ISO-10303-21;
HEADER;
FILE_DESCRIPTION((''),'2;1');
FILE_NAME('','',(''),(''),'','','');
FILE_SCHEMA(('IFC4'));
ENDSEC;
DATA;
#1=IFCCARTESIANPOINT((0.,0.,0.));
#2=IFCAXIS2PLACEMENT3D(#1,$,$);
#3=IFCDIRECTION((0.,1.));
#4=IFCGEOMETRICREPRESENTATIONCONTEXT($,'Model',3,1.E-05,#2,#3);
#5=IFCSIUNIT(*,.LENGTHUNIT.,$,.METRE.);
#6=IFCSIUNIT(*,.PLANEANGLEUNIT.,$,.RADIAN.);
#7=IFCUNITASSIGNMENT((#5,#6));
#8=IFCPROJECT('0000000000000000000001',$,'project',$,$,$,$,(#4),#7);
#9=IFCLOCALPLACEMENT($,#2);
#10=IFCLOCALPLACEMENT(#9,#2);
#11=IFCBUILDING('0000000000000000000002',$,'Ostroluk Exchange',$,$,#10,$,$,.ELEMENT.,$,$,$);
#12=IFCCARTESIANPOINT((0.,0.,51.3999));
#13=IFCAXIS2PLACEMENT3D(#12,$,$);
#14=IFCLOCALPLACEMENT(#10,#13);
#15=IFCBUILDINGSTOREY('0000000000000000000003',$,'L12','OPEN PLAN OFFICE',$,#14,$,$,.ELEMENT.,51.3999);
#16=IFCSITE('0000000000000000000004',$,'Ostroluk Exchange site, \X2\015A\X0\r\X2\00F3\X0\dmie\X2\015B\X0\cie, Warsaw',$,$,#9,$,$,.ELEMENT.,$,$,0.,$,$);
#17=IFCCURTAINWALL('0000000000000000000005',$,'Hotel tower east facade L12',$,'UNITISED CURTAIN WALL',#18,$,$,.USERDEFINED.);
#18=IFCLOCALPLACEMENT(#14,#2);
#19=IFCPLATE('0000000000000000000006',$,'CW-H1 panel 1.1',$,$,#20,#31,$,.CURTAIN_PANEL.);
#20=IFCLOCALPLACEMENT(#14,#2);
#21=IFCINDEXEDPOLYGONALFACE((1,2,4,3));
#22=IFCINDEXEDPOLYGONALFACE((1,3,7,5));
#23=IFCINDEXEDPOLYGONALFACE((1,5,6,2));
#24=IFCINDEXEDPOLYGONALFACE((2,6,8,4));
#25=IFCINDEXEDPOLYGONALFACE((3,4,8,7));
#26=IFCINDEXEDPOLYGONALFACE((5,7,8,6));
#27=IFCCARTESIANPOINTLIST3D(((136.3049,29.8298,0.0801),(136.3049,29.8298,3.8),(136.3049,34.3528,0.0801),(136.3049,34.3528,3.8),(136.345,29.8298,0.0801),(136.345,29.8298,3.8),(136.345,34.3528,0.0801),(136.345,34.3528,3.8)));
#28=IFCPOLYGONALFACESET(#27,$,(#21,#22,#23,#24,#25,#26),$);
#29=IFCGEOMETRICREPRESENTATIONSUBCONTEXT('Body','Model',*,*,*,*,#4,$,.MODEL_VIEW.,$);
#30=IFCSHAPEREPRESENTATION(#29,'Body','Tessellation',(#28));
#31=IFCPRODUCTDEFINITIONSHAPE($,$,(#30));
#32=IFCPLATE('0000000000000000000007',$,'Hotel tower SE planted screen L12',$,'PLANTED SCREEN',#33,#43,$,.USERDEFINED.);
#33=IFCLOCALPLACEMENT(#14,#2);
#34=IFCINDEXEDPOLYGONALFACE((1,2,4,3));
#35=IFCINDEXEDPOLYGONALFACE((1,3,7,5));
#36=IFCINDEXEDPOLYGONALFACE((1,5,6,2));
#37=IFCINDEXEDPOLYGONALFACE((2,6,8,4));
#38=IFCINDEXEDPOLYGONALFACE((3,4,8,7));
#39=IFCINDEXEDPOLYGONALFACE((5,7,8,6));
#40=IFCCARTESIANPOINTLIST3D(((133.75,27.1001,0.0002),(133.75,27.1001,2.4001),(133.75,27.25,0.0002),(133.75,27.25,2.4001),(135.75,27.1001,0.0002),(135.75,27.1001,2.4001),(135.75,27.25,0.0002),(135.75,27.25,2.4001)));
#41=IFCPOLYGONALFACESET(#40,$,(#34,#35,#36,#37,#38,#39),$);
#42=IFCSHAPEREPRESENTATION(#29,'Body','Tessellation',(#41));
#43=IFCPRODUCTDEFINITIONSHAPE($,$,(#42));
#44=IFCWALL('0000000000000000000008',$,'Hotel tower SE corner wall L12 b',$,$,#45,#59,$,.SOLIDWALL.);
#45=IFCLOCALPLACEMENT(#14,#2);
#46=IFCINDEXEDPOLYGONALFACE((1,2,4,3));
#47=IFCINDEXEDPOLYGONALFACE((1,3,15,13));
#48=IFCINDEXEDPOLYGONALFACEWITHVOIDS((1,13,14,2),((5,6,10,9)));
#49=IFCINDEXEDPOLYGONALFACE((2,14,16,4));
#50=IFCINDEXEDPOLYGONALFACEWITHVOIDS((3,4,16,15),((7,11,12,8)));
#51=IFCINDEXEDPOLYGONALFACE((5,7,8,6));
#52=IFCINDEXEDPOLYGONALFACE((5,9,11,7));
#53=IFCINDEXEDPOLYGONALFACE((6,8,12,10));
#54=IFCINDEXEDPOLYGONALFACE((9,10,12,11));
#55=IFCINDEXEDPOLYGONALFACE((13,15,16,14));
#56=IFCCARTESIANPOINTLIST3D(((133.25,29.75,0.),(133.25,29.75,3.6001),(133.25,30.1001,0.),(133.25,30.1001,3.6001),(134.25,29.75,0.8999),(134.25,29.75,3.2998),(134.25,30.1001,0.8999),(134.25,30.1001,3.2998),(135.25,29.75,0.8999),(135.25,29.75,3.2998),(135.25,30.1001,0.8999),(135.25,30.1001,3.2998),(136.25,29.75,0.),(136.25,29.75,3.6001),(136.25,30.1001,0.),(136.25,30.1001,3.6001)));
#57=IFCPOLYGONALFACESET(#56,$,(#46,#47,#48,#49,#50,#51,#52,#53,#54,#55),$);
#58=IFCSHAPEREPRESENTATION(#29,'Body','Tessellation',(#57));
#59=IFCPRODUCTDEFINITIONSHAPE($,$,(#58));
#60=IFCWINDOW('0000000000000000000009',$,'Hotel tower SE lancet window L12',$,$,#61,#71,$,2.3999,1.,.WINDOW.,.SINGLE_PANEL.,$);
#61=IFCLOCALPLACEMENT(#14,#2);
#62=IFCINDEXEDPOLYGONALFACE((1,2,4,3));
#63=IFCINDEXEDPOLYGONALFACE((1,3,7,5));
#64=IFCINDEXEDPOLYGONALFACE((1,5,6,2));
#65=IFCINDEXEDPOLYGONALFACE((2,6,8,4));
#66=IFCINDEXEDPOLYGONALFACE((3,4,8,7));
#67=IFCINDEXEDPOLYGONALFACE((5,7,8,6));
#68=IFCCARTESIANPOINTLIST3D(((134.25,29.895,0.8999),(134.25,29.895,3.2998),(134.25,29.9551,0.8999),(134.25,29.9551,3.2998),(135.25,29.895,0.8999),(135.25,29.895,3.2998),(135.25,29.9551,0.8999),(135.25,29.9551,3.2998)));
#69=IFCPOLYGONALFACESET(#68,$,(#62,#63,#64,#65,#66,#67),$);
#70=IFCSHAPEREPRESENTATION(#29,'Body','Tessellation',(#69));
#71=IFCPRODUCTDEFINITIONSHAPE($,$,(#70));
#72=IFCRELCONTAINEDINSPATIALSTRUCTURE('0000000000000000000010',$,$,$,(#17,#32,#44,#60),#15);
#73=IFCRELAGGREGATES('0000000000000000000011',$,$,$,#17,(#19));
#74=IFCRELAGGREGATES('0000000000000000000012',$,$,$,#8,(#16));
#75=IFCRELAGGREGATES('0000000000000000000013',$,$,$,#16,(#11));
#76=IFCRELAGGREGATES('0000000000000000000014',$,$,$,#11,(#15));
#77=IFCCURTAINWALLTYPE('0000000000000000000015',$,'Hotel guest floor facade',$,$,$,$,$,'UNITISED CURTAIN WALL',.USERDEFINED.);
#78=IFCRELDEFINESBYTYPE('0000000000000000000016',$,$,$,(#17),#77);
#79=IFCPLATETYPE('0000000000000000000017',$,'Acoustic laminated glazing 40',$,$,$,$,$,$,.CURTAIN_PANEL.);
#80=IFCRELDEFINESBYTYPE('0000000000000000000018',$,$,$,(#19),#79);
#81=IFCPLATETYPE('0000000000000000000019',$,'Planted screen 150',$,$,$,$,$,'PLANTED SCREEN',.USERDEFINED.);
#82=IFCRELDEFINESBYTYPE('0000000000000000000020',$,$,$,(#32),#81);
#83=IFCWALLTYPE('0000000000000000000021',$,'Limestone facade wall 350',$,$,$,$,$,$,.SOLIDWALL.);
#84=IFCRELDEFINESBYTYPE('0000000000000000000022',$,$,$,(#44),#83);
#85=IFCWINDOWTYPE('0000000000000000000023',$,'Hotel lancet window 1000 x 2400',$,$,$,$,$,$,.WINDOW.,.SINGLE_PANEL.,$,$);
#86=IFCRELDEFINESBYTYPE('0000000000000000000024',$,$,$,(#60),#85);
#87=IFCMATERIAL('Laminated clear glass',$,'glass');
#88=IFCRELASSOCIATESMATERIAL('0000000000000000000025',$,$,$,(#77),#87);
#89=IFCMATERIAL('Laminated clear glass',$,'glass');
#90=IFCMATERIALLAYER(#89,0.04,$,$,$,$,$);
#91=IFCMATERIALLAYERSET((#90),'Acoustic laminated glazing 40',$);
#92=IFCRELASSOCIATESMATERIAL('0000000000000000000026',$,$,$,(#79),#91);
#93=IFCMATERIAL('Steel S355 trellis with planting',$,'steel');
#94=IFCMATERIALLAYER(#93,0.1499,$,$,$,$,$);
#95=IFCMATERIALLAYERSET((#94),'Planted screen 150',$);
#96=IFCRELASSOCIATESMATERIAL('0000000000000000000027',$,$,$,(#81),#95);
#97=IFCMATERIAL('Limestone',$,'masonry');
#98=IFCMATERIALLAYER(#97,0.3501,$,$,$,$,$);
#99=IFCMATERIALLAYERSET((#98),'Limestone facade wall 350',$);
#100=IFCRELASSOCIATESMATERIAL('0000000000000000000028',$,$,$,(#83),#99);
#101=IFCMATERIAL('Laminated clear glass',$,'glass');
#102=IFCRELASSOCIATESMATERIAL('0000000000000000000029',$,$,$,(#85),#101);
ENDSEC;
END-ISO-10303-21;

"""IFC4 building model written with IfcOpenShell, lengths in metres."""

from ifc_helpers import new_model, si_unit, direction, frame, frame_2d, origin, origin_2d, place, context, subcontext, project, spatial, rectangle, extrude, material, layer, layer_set, type_object, element, fill, aggregate, save


model = new_model("IFC4")

# Units and contexts
model_context = context("Model", 3, precision=1e-05, world=origin(), true_north=direction((0.0, 1.0)))
body_context = subcontext(model_context, "Body", "Model", "MODEL_VIEW")
ifc_project = project(units=[si_unit("LENGTHUNIT", "METRE"), si_unit("PLANEANGLEUNIT", "RADIAN")], contexts=[model_context])

# Site, building, storey
site_placement = place(None, origin())
site = spatial("IfcSite", under=ifc_project, at=site_placement, Name="Ostroluk Exchange site, Śródmieście, Warsaw", CompositionType="ELEMENT", RefElevation=0.0)
building_placement = place(site_placement, origin())
building = spatial("IfcBuilding", under=site, at=building_placement, Name="Ostroluk Exchange", CompositionType="ELEMENT")
storey_placement = place(building_placement, frame((0.0, 0.0, 51.3999)))
storey = spatial("IfcBuildingStorey", under=building, at=storey_placement, Name="L12", Description="OPEN PLAN OFFICE", CompositionType="ELEMENT", Elevation=51.3999)

# Curtain wall
ifc_material_1 = material(Name="Laminated clear glass", Category="glass")
curtain_wall_type = type_object("IfcCurtainWallType", Name="Hotel guest floor facade", ElementType="UNITISED CURTAIN WALL", PredefinedType="USERDEFINED", material=ifc_material_1)
curtain_wall_1_placement = place(storey_placement, origin())
curtain_wall_1 = element("IfcCurtainWall", 1, at=curtain_wall_1_placement, inside=storey, type_object=curtain_wall_type, Name="Hotel tower east facade L12", ObjectType="UNITISED CURTAIN WALL", PredefinedType="USERDEFINED")

# Plates
ifc_material_2 = material(Name="Laminated clear glass", Category="glass")
ifc_layer_1 = layer(ifc_material_2, 0.04)
ifc_layer_set_1 = layer_set([ifc_layer_1], Name="Acoustic laminated glazing 40")
plate_type_1 = type_object("IfcPlateType", Name="Acoustic laminated glazing 40", PredefinedType="CURTAIN_PANEL", material=ifc_layer_set_1)
plate_1_placement = place(storey_placement, frame((136.325, 32.0913, 0.0801), z_axis=(0.0, 0.0, 1.0), x_axis=(0.0, 1.0, 0.0)))
plate_1 = element("IfcPlate", 2, at=plate_1_placement, type_object=plate_type_1, Name="CW-H1 panel 1.1", PredefinedType="CURTAIN_PANEL", context=body_context, shape_type="SweptSolid", body=[
    extrude(rectangle(XDim=4.5229, YDim=0.04, at=origin_2d()), origin(), (0.0, 0.0, 1.0), 3.72),
])
aggregate(curtain_wall_1, [plate_1])
ifc_material_3 = material(Name="Steel S355 trellis with planting", Category="steel")
ifc_layer_2 = layer(ifc_material_3, 0.1499)
ifc_layer_set_2 = layer_set([ifc_layer_2], Name="Planted screen 150")
plate_type_2 = type_object("IfcPlateType", Name="Planted screen 150", ElementType="PLANTED SCREEN", PredefinedType="USERDEFINED", material=ifc_layer_set_2)
plate_2_placement = place(storey_placement, frame((134.75, 27.175, 0.0002), z_axis=(0.0, 0.0, 1.0), x_axis=(1.0, 0.0, 0.0)))
element("IfcPlate", 3, at=plate_2_placement, inside=storey, type_object=plate_type_2, Name="Hotel tower SE planted screen L12", ObjectType="PLANTED SCREEN", PredefinedType="USERDEFINED", context=body_context, shape_type="SweptSolid", body=[
    extrude(rectangle(XDim=2.0, YDim=0.1499, at=origin_2d()), origin(), (0.0, 0.0, 1.0), 2.3999),
])

# Shared definitions
ifc_material_4 = material(Name="Limestone", Category="masonry")
ifc_layer_3 = layer(ifc_material_4, 0.3501)
ifc_layer_set_3 = layer_set([ifc_layer_3], Name="Limestone facade wall 350")
wall_type = type_object("IfcWallType", Name="Limestone facade wall 350", PredefinedType="SOLIDWALL", material=ifc_layer_set_3)

# Wall, opening, window
wall_1_placement = place(storey_placement, frame((133.25, 29.925, 0.0), z_axis=(0.0, 0.0, 1.0), x_axis=(1.0, 0.0, 0.0)))
wall_1 = element("IfcWall", 4, at=wall_1_placement, inside=storey, type_object=wall_type, Name="Hotel tower SE corner wall L12 b", PredefinedType="SOLIDWALL", context=body_context, shape_type="SweptSolid", body=[
    extrude(rectangle(XDim=3.0, YDim=0.3501, at=frame_2d((1.5, 0.0))), origin(), (0.0, 0.0, 1.0), 3.6001),
])
opening_1_placement = place(wall_1_placement, frame((1.0, 0.0, 0.8999)))
opening_1 = element("IfcOpeningElement", 5, at=opening_1_placement, cuts=wall_1, PredefinedType="OPENING", context=body_context, shape_type="SweptSolid", body=[
    extrude(rectangle(XDim=1.0, YDim=2.3999, at=frame_2d((0.5, 1.2))), frame((0.0, 0.1851, 0.0), z_axis=(0.0, -1.0, 0.0), x_axis=(1.0, 0.0, 0.0)), (0.0, 0.0, 1.0), 0.3701),
])
ifc_material_5 = material(Name="Laminated clear glass", Category="glass")
window_type = type_object("IfcWindowType", Name="Hotel lancet window 1000 x 2400", PartitioningType="SINGLE_PANEL", PredefinedType="WINDOW", material=ifc_material_5)
window_placement = place(opening_1_placement, origin())
window = element("IfcWindow", 6, at=window_placement, inside=storey, type_object=window_type, Name="Hotel tower SE lancet window L12", OverallHeight=2.3999, OverallWidth=1.0, PartitioningType="SINGLE_PANEL", PredefinedType="WINDOW", context=body_context, shape_type="SweptSolid", body=[
    extrude(rectangle(XDim=1.0, YDim=2.3999, at=frame_2d((0.5, 1.2))), frame((0.0, 0.03, 0.0), z_axis=(0.0, -1.0, 0.0), x_axis=(1.0, 0.0, 0.0)), (0.0, 0.0, 1.0), 0.0601),
])
fill(opening_1, window)

save(model, "model.ifc")
